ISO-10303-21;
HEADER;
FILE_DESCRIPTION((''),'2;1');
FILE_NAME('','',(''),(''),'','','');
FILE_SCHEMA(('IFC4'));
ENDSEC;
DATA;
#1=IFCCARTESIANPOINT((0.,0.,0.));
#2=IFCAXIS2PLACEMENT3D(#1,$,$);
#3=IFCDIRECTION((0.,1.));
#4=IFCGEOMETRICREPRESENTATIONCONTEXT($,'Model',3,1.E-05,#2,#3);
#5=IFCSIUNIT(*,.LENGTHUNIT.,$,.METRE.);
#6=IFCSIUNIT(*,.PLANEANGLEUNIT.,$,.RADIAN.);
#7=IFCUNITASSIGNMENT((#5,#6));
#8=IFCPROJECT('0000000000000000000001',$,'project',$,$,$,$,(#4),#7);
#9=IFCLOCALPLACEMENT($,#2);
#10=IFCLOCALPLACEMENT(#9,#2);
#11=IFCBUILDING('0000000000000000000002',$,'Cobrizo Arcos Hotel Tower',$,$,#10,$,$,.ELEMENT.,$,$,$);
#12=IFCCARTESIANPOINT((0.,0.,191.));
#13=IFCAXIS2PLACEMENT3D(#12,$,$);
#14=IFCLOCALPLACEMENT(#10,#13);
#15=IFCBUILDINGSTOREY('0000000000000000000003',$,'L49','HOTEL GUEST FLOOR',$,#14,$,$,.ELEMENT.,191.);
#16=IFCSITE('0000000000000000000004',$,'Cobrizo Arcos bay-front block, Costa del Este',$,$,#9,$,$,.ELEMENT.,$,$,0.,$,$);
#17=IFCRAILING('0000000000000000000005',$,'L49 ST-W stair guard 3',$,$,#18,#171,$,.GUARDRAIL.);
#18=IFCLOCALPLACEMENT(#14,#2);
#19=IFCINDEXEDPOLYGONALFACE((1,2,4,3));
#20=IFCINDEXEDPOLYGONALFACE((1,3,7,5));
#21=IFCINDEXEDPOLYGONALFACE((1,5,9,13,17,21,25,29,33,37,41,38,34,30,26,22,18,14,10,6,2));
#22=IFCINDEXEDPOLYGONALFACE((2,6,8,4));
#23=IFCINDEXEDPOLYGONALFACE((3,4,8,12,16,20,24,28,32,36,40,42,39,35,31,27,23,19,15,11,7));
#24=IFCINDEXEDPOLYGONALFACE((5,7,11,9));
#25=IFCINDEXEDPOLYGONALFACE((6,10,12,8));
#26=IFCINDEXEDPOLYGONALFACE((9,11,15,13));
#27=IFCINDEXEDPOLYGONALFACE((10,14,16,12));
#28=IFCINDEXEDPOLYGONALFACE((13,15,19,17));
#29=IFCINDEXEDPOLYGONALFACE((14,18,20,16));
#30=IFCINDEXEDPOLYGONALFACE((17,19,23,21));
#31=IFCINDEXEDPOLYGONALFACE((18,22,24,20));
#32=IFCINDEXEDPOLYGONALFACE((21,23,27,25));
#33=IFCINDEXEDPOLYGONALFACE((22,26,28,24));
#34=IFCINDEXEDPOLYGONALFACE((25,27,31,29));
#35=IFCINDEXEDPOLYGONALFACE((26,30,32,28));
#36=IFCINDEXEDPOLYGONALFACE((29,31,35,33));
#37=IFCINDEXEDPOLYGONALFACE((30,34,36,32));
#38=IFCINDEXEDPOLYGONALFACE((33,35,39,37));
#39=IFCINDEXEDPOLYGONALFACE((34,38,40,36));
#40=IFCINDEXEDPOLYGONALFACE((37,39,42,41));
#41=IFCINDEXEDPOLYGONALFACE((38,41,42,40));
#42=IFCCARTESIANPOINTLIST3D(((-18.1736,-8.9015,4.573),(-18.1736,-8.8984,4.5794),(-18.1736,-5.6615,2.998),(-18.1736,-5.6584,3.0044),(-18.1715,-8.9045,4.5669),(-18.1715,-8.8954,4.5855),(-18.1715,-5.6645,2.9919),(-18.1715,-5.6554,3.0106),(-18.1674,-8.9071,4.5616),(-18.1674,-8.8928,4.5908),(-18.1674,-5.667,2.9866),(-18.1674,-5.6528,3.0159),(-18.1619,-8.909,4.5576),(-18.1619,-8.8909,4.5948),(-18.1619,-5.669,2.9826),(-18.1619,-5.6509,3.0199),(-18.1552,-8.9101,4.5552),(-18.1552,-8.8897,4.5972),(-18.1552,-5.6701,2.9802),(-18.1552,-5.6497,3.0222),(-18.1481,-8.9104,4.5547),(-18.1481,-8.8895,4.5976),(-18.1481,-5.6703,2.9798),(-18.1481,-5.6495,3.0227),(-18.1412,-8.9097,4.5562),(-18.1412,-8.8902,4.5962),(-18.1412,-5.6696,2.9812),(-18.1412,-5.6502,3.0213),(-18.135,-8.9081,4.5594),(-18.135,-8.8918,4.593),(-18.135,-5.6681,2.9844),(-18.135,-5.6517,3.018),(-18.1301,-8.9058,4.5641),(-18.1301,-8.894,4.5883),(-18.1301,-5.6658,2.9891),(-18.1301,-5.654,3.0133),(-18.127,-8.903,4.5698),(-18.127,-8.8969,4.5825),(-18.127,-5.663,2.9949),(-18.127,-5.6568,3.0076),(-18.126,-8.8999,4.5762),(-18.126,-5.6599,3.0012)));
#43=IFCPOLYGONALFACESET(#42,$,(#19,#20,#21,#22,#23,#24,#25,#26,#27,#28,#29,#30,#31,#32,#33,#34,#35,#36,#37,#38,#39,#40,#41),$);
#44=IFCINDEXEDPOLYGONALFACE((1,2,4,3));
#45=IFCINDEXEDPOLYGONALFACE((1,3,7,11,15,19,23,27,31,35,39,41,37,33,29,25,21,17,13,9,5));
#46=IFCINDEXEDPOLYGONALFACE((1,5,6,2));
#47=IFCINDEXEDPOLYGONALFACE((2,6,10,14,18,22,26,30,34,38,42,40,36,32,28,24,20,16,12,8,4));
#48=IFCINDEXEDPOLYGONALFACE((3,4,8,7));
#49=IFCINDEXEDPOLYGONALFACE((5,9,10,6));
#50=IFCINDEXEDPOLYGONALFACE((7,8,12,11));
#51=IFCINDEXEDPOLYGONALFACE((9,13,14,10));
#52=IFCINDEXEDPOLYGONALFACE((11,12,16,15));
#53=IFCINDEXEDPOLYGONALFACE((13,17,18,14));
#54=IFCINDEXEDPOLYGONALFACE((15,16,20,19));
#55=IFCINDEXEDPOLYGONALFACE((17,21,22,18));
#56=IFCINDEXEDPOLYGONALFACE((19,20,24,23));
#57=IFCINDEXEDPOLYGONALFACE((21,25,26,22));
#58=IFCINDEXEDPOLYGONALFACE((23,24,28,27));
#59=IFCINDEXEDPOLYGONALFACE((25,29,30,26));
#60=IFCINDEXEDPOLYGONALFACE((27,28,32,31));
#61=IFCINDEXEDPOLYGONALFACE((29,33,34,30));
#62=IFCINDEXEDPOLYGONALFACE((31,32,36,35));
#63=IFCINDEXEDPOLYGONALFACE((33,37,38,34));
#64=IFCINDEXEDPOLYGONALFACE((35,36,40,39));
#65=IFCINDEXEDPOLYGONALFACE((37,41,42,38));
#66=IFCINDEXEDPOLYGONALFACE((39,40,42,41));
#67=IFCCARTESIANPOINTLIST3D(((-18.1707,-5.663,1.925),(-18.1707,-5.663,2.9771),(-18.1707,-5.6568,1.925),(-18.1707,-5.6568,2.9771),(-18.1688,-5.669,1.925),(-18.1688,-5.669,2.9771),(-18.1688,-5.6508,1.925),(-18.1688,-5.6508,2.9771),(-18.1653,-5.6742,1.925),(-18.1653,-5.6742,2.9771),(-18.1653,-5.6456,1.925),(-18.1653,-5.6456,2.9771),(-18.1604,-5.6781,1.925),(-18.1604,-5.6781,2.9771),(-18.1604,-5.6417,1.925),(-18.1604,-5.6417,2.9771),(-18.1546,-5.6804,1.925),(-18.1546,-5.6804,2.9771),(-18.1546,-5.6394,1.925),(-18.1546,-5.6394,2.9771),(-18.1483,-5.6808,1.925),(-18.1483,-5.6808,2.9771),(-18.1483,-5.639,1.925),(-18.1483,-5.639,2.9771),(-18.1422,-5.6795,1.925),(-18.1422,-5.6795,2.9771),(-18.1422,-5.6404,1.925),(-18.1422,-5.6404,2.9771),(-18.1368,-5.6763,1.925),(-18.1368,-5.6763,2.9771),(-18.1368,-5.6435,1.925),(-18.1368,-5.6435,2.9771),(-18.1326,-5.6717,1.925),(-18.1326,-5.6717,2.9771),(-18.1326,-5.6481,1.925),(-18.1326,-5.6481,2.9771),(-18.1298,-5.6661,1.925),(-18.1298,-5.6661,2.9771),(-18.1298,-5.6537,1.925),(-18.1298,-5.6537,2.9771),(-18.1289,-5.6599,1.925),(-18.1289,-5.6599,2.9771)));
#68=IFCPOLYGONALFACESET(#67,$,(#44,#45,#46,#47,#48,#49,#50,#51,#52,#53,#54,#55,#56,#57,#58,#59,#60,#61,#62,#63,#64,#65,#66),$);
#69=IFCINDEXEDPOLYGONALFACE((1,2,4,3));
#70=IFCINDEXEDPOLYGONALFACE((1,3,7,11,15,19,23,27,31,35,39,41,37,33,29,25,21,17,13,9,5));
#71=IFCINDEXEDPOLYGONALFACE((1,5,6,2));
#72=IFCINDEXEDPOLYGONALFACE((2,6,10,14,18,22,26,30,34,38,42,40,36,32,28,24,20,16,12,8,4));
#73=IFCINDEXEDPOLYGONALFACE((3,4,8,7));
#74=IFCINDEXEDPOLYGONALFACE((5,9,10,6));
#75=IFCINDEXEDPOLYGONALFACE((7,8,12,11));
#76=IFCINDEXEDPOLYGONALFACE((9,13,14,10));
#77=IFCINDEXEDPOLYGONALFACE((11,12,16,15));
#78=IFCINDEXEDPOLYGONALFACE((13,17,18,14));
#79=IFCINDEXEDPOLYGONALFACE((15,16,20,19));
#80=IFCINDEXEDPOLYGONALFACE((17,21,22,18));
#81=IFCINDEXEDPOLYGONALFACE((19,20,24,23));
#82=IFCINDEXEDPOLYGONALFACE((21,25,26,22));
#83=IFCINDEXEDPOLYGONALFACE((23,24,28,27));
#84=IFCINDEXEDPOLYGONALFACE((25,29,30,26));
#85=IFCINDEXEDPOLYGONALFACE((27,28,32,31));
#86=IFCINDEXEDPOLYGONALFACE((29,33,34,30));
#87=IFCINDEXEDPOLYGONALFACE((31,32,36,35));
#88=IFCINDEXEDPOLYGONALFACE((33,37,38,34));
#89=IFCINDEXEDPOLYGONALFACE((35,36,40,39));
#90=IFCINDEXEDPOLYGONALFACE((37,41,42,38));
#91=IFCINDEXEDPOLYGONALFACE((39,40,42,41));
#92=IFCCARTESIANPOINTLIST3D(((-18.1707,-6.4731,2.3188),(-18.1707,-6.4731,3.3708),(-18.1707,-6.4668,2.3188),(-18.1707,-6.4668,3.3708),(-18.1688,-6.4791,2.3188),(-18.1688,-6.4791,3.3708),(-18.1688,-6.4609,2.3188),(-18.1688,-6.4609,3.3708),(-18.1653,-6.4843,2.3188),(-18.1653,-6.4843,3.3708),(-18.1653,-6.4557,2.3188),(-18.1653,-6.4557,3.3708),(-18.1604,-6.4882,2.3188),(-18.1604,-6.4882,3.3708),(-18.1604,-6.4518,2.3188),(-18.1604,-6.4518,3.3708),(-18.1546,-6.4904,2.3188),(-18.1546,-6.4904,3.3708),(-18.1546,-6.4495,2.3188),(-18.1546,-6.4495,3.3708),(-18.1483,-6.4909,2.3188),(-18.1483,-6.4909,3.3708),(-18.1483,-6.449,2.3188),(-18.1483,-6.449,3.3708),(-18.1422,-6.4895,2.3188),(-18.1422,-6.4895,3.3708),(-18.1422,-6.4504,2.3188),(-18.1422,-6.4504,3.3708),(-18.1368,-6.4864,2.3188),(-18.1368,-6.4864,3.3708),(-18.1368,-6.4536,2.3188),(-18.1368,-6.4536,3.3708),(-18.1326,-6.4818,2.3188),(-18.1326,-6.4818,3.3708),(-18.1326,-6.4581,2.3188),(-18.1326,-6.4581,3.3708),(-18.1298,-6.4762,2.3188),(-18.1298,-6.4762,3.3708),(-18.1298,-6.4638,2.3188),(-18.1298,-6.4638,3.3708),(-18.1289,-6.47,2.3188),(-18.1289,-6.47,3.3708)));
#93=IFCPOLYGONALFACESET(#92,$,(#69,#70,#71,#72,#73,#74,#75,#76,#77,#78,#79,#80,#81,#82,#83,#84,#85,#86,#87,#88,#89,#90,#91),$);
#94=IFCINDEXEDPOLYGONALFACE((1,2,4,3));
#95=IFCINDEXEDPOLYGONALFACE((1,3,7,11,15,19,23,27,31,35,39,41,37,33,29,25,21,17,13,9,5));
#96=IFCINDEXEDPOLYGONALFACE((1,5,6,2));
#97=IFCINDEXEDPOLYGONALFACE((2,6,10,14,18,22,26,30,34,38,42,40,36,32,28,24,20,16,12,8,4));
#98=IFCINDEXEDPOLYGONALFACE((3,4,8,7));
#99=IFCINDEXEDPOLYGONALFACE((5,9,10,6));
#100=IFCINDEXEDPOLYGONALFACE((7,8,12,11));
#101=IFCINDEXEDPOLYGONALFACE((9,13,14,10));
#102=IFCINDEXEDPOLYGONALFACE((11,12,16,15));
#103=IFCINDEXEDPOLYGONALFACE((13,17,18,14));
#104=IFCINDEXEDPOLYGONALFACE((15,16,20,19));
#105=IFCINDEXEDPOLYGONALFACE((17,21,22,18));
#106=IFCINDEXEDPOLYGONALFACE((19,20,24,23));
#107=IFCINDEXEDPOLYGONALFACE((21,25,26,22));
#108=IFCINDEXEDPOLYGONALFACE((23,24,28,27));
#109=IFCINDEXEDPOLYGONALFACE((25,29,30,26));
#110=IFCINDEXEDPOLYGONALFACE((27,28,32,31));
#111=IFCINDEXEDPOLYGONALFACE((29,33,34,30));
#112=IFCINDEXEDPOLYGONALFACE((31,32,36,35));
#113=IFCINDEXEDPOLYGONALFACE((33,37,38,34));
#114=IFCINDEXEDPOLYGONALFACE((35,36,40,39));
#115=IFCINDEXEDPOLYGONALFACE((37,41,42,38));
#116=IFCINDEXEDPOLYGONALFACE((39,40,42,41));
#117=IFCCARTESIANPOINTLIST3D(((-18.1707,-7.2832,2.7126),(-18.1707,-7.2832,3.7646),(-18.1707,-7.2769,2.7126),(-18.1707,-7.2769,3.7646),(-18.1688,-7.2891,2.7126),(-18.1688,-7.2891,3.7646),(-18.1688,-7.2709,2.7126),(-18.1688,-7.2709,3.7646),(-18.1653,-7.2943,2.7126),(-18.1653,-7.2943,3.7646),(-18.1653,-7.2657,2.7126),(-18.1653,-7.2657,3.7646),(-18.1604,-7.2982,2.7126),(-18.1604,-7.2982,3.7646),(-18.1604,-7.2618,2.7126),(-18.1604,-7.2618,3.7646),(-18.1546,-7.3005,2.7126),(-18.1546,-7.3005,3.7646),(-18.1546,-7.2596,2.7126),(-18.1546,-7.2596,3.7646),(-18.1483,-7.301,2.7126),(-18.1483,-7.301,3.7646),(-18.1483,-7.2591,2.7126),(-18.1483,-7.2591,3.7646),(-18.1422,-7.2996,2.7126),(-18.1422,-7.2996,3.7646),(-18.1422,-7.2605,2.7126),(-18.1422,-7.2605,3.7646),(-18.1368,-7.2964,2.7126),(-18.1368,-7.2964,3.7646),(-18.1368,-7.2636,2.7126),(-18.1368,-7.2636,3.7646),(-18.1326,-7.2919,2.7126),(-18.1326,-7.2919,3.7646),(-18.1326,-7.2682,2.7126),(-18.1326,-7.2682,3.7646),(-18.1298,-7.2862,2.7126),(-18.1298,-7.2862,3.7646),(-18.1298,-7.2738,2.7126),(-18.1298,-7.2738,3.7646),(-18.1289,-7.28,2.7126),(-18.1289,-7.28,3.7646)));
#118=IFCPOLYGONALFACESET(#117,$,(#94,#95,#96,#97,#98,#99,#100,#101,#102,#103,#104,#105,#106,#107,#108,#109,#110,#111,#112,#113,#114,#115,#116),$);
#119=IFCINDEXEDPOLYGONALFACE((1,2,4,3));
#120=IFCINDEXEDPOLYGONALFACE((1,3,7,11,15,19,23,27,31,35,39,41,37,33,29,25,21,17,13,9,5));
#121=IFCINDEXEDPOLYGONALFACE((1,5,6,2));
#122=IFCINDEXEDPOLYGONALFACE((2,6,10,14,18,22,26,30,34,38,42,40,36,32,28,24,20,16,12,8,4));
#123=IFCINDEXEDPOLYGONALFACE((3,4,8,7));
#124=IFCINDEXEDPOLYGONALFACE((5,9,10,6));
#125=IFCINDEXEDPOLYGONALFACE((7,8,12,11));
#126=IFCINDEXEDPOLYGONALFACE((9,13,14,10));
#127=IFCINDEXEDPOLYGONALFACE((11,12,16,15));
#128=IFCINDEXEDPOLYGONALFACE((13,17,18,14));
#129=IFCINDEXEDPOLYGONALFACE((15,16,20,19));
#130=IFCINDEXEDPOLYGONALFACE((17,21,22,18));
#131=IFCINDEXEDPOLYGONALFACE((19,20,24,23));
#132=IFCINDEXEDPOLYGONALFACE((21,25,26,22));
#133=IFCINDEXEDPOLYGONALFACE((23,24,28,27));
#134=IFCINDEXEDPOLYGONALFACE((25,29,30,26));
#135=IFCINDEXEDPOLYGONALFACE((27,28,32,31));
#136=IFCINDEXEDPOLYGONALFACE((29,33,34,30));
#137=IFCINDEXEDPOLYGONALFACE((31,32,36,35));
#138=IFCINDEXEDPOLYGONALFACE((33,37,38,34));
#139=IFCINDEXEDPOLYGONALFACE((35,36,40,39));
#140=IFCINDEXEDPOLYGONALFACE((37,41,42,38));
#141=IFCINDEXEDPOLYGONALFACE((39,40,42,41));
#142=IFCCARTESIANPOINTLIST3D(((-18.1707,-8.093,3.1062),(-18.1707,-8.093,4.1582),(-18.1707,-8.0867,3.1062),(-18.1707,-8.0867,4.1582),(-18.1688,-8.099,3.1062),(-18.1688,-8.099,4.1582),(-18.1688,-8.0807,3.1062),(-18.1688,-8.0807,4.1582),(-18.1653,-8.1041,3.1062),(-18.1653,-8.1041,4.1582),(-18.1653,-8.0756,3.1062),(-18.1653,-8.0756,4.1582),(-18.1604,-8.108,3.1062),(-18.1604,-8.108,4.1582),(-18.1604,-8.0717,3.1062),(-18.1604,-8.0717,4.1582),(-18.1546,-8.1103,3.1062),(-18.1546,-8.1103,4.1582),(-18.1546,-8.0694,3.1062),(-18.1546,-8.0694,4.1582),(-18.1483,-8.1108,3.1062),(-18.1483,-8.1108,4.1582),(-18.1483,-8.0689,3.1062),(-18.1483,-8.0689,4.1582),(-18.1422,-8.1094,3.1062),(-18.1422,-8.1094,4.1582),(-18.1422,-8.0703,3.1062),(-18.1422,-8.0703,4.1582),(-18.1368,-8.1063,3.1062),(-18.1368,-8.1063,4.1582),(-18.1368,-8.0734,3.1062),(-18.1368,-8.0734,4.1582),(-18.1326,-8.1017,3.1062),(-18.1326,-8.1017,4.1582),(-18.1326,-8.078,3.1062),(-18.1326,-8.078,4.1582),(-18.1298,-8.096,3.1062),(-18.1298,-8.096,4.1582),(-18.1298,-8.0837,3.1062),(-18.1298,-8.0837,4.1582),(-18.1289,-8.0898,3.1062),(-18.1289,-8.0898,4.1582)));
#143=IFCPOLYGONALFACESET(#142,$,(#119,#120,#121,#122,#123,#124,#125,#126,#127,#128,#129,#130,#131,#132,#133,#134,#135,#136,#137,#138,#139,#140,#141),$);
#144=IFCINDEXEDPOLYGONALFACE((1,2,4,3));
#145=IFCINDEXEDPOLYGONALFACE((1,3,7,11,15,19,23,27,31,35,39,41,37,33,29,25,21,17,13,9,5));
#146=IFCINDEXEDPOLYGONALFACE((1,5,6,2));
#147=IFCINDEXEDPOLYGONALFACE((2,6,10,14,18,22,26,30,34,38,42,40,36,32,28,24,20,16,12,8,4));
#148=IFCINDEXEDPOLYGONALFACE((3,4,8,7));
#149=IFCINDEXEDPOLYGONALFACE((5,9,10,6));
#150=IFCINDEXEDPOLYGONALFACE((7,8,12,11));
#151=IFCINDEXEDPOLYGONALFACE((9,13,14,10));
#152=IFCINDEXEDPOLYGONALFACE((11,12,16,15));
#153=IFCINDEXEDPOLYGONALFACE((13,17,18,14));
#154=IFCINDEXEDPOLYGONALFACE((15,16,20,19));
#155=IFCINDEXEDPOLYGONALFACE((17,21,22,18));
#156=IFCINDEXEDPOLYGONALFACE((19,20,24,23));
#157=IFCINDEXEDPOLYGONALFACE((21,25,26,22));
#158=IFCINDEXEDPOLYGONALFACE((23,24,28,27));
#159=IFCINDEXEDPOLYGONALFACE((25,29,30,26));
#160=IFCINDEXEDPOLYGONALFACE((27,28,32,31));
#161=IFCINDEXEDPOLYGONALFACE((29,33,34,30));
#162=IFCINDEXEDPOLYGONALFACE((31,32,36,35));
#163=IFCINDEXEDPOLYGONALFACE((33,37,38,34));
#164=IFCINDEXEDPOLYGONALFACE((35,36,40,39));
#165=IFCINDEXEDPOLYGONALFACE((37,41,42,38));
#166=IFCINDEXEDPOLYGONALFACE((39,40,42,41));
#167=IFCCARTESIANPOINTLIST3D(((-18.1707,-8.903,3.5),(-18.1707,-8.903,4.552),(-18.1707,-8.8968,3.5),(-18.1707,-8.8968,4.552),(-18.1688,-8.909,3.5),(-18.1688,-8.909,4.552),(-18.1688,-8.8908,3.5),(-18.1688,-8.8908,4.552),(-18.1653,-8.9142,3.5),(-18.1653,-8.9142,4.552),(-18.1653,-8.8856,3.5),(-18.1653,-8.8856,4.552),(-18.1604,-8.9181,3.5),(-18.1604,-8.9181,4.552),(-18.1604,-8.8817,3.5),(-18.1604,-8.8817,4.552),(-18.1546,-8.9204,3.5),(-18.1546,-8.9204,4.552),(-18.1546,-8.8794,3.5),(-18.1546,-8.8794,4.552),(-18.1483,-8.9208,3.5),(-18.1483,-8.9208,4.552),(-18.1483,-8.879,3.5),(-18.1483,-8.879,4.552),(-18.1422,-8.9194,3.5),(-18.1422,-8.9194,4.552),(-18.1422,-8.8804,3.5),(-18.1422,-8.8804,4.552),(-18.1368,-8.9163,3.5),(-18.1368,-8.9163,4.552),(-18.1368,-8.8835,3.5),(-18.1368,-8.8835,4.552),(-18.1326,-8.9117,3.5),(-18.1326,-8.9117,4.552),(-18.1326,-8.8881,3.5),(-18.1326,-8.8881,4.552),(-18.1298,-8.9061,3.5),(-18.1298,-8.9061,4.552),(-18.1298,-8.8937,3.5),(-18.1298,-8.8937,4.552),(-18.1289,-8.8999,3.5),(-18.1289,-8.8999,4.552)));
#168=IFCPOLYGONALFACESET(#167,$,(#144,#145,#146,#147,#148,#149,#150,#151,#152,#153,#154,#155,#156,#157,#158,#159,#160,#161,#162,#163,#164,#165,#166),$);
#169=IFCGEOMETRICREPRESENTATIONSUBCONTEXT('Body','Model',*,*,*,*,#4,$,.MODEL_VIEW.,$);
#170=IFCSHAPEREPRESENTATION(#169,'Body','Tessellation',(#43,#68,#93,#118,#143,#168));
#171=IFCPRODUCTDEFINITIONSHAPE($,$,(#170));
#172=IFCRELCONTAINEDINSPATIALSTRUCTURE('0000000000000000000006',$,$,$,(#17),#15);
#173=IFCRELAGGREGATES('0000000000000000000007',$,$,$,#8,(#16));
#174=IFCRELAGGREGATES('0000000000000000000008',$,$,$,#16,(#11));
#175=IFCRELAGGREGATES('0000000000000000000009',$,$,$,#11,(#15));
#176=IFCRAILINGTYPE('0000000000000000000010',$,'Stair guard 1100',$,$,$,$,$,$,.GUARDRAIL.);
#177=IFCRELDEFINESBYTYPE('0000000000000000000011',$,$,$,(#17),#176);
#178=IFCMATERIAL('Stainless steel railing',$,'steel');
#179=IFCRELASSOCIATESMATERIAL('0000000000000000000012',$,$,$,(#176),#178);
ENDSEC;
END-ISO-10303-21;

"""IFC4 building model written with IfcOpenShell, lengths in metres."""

from ifc_helpers import new_model, si_unit, direction, frame, origin, origin_2d, place, context, subcontext, project, spatial, circle, extrude, material, type_object, element, save


model = new_model("IFC4")

# Units and contexts
model_context = context("Model", 3, precision=1e-05, world=origin(), true_north=direction((0.0, 1.0)))
body_context = subcontext(model_context, "Body", "Model", "MODEL_VIEW")
ifc_project = project(units=[si_unit("LENGTHUNIT", "METRE"), si_unit("PLANEANGLEUNIT", "RADIAN")], contexts=[model_context])

# Site, building, storey
site_placement = place(None, origin())
site = spatial("IfcSite", under=ifc_project, at=site_placement, Name="Cobrizo Arcos bay-front block, Costa del Este", CompositionType="ELEMENT", RefElevation=0.0)
building_placement = place(site_placement, origin())
building = spatial("IfcBuilding", under=site, at=building_placement, Name="Cobrizo Arcos Hotel Tower", CompositionType="ELEMENT")
storey_placement = place(building_placement, frame((0.0, 0.0, 191.0)))
storey = spatial("IfcBuildingStorey", under=building, at=storey_placement, Name="L49", Description="HOTEL GUEST FLOOR", CompositionType="ELEMENT", Elevation=191.0)

# Railing
ifc_material_1 = material(Name="Stainless steel railing", Category="steel")
railing_type_1 = type_object("IfcRailingType", Name="Stair guard 1100", PredefinedType="GUARDRAIL", material=ifc_material_1)
railing_1_placement = place(storey_placement, frame((-18.1499, -5.6599, 1.925)))
element("IfcRailing", 1, at=railing_1_placement, inside=storey, type_object=railing_type_1, Name="L49 ST-W stair guard 3", PredefinedType="GUARDRAIL", context=body_context, shape_type="SweptSolid", body=[
    extrude(circle(Radius=0.0239, at=origin_2d()), frame((0.0, 0.0, 1.0762), z_axis=(0.0, -0.899373, 0.437183), x_axis=(1.0, 0.0, 0.0)), (0.0, 0.0, 1.0), 3.6025),
    extrude(circle(Radius=0.021, at=origin_2d()), origin(), (0.0, 0.0, 1.0), 1.052),
    extrude(circle(Radius=0.021, at=origin_2d()), frame((0.0, -0.8101, 0.3938)), (0.0, 0.0, 1.0), 1.052),
    extrude(circle(Radius=0.021, at=origin_2d()), frame((0.0, -1.6201, 0.7876)), (0.0, 0.0, 1.0), 1.052),
    extrude(circle(Radius=0.021, at=origin_2d()), frame((0.0, -2.4299, 1.1812)), (0.0, 0.0, 1.0), 1.052),
    extrude(circle(Radius=0.021, at=origin_2d()), frame((0.0, -3.24, 1.575)), (0.0, 0.0, 1.0), 1.052),
])

save(model, "model.ifc")
